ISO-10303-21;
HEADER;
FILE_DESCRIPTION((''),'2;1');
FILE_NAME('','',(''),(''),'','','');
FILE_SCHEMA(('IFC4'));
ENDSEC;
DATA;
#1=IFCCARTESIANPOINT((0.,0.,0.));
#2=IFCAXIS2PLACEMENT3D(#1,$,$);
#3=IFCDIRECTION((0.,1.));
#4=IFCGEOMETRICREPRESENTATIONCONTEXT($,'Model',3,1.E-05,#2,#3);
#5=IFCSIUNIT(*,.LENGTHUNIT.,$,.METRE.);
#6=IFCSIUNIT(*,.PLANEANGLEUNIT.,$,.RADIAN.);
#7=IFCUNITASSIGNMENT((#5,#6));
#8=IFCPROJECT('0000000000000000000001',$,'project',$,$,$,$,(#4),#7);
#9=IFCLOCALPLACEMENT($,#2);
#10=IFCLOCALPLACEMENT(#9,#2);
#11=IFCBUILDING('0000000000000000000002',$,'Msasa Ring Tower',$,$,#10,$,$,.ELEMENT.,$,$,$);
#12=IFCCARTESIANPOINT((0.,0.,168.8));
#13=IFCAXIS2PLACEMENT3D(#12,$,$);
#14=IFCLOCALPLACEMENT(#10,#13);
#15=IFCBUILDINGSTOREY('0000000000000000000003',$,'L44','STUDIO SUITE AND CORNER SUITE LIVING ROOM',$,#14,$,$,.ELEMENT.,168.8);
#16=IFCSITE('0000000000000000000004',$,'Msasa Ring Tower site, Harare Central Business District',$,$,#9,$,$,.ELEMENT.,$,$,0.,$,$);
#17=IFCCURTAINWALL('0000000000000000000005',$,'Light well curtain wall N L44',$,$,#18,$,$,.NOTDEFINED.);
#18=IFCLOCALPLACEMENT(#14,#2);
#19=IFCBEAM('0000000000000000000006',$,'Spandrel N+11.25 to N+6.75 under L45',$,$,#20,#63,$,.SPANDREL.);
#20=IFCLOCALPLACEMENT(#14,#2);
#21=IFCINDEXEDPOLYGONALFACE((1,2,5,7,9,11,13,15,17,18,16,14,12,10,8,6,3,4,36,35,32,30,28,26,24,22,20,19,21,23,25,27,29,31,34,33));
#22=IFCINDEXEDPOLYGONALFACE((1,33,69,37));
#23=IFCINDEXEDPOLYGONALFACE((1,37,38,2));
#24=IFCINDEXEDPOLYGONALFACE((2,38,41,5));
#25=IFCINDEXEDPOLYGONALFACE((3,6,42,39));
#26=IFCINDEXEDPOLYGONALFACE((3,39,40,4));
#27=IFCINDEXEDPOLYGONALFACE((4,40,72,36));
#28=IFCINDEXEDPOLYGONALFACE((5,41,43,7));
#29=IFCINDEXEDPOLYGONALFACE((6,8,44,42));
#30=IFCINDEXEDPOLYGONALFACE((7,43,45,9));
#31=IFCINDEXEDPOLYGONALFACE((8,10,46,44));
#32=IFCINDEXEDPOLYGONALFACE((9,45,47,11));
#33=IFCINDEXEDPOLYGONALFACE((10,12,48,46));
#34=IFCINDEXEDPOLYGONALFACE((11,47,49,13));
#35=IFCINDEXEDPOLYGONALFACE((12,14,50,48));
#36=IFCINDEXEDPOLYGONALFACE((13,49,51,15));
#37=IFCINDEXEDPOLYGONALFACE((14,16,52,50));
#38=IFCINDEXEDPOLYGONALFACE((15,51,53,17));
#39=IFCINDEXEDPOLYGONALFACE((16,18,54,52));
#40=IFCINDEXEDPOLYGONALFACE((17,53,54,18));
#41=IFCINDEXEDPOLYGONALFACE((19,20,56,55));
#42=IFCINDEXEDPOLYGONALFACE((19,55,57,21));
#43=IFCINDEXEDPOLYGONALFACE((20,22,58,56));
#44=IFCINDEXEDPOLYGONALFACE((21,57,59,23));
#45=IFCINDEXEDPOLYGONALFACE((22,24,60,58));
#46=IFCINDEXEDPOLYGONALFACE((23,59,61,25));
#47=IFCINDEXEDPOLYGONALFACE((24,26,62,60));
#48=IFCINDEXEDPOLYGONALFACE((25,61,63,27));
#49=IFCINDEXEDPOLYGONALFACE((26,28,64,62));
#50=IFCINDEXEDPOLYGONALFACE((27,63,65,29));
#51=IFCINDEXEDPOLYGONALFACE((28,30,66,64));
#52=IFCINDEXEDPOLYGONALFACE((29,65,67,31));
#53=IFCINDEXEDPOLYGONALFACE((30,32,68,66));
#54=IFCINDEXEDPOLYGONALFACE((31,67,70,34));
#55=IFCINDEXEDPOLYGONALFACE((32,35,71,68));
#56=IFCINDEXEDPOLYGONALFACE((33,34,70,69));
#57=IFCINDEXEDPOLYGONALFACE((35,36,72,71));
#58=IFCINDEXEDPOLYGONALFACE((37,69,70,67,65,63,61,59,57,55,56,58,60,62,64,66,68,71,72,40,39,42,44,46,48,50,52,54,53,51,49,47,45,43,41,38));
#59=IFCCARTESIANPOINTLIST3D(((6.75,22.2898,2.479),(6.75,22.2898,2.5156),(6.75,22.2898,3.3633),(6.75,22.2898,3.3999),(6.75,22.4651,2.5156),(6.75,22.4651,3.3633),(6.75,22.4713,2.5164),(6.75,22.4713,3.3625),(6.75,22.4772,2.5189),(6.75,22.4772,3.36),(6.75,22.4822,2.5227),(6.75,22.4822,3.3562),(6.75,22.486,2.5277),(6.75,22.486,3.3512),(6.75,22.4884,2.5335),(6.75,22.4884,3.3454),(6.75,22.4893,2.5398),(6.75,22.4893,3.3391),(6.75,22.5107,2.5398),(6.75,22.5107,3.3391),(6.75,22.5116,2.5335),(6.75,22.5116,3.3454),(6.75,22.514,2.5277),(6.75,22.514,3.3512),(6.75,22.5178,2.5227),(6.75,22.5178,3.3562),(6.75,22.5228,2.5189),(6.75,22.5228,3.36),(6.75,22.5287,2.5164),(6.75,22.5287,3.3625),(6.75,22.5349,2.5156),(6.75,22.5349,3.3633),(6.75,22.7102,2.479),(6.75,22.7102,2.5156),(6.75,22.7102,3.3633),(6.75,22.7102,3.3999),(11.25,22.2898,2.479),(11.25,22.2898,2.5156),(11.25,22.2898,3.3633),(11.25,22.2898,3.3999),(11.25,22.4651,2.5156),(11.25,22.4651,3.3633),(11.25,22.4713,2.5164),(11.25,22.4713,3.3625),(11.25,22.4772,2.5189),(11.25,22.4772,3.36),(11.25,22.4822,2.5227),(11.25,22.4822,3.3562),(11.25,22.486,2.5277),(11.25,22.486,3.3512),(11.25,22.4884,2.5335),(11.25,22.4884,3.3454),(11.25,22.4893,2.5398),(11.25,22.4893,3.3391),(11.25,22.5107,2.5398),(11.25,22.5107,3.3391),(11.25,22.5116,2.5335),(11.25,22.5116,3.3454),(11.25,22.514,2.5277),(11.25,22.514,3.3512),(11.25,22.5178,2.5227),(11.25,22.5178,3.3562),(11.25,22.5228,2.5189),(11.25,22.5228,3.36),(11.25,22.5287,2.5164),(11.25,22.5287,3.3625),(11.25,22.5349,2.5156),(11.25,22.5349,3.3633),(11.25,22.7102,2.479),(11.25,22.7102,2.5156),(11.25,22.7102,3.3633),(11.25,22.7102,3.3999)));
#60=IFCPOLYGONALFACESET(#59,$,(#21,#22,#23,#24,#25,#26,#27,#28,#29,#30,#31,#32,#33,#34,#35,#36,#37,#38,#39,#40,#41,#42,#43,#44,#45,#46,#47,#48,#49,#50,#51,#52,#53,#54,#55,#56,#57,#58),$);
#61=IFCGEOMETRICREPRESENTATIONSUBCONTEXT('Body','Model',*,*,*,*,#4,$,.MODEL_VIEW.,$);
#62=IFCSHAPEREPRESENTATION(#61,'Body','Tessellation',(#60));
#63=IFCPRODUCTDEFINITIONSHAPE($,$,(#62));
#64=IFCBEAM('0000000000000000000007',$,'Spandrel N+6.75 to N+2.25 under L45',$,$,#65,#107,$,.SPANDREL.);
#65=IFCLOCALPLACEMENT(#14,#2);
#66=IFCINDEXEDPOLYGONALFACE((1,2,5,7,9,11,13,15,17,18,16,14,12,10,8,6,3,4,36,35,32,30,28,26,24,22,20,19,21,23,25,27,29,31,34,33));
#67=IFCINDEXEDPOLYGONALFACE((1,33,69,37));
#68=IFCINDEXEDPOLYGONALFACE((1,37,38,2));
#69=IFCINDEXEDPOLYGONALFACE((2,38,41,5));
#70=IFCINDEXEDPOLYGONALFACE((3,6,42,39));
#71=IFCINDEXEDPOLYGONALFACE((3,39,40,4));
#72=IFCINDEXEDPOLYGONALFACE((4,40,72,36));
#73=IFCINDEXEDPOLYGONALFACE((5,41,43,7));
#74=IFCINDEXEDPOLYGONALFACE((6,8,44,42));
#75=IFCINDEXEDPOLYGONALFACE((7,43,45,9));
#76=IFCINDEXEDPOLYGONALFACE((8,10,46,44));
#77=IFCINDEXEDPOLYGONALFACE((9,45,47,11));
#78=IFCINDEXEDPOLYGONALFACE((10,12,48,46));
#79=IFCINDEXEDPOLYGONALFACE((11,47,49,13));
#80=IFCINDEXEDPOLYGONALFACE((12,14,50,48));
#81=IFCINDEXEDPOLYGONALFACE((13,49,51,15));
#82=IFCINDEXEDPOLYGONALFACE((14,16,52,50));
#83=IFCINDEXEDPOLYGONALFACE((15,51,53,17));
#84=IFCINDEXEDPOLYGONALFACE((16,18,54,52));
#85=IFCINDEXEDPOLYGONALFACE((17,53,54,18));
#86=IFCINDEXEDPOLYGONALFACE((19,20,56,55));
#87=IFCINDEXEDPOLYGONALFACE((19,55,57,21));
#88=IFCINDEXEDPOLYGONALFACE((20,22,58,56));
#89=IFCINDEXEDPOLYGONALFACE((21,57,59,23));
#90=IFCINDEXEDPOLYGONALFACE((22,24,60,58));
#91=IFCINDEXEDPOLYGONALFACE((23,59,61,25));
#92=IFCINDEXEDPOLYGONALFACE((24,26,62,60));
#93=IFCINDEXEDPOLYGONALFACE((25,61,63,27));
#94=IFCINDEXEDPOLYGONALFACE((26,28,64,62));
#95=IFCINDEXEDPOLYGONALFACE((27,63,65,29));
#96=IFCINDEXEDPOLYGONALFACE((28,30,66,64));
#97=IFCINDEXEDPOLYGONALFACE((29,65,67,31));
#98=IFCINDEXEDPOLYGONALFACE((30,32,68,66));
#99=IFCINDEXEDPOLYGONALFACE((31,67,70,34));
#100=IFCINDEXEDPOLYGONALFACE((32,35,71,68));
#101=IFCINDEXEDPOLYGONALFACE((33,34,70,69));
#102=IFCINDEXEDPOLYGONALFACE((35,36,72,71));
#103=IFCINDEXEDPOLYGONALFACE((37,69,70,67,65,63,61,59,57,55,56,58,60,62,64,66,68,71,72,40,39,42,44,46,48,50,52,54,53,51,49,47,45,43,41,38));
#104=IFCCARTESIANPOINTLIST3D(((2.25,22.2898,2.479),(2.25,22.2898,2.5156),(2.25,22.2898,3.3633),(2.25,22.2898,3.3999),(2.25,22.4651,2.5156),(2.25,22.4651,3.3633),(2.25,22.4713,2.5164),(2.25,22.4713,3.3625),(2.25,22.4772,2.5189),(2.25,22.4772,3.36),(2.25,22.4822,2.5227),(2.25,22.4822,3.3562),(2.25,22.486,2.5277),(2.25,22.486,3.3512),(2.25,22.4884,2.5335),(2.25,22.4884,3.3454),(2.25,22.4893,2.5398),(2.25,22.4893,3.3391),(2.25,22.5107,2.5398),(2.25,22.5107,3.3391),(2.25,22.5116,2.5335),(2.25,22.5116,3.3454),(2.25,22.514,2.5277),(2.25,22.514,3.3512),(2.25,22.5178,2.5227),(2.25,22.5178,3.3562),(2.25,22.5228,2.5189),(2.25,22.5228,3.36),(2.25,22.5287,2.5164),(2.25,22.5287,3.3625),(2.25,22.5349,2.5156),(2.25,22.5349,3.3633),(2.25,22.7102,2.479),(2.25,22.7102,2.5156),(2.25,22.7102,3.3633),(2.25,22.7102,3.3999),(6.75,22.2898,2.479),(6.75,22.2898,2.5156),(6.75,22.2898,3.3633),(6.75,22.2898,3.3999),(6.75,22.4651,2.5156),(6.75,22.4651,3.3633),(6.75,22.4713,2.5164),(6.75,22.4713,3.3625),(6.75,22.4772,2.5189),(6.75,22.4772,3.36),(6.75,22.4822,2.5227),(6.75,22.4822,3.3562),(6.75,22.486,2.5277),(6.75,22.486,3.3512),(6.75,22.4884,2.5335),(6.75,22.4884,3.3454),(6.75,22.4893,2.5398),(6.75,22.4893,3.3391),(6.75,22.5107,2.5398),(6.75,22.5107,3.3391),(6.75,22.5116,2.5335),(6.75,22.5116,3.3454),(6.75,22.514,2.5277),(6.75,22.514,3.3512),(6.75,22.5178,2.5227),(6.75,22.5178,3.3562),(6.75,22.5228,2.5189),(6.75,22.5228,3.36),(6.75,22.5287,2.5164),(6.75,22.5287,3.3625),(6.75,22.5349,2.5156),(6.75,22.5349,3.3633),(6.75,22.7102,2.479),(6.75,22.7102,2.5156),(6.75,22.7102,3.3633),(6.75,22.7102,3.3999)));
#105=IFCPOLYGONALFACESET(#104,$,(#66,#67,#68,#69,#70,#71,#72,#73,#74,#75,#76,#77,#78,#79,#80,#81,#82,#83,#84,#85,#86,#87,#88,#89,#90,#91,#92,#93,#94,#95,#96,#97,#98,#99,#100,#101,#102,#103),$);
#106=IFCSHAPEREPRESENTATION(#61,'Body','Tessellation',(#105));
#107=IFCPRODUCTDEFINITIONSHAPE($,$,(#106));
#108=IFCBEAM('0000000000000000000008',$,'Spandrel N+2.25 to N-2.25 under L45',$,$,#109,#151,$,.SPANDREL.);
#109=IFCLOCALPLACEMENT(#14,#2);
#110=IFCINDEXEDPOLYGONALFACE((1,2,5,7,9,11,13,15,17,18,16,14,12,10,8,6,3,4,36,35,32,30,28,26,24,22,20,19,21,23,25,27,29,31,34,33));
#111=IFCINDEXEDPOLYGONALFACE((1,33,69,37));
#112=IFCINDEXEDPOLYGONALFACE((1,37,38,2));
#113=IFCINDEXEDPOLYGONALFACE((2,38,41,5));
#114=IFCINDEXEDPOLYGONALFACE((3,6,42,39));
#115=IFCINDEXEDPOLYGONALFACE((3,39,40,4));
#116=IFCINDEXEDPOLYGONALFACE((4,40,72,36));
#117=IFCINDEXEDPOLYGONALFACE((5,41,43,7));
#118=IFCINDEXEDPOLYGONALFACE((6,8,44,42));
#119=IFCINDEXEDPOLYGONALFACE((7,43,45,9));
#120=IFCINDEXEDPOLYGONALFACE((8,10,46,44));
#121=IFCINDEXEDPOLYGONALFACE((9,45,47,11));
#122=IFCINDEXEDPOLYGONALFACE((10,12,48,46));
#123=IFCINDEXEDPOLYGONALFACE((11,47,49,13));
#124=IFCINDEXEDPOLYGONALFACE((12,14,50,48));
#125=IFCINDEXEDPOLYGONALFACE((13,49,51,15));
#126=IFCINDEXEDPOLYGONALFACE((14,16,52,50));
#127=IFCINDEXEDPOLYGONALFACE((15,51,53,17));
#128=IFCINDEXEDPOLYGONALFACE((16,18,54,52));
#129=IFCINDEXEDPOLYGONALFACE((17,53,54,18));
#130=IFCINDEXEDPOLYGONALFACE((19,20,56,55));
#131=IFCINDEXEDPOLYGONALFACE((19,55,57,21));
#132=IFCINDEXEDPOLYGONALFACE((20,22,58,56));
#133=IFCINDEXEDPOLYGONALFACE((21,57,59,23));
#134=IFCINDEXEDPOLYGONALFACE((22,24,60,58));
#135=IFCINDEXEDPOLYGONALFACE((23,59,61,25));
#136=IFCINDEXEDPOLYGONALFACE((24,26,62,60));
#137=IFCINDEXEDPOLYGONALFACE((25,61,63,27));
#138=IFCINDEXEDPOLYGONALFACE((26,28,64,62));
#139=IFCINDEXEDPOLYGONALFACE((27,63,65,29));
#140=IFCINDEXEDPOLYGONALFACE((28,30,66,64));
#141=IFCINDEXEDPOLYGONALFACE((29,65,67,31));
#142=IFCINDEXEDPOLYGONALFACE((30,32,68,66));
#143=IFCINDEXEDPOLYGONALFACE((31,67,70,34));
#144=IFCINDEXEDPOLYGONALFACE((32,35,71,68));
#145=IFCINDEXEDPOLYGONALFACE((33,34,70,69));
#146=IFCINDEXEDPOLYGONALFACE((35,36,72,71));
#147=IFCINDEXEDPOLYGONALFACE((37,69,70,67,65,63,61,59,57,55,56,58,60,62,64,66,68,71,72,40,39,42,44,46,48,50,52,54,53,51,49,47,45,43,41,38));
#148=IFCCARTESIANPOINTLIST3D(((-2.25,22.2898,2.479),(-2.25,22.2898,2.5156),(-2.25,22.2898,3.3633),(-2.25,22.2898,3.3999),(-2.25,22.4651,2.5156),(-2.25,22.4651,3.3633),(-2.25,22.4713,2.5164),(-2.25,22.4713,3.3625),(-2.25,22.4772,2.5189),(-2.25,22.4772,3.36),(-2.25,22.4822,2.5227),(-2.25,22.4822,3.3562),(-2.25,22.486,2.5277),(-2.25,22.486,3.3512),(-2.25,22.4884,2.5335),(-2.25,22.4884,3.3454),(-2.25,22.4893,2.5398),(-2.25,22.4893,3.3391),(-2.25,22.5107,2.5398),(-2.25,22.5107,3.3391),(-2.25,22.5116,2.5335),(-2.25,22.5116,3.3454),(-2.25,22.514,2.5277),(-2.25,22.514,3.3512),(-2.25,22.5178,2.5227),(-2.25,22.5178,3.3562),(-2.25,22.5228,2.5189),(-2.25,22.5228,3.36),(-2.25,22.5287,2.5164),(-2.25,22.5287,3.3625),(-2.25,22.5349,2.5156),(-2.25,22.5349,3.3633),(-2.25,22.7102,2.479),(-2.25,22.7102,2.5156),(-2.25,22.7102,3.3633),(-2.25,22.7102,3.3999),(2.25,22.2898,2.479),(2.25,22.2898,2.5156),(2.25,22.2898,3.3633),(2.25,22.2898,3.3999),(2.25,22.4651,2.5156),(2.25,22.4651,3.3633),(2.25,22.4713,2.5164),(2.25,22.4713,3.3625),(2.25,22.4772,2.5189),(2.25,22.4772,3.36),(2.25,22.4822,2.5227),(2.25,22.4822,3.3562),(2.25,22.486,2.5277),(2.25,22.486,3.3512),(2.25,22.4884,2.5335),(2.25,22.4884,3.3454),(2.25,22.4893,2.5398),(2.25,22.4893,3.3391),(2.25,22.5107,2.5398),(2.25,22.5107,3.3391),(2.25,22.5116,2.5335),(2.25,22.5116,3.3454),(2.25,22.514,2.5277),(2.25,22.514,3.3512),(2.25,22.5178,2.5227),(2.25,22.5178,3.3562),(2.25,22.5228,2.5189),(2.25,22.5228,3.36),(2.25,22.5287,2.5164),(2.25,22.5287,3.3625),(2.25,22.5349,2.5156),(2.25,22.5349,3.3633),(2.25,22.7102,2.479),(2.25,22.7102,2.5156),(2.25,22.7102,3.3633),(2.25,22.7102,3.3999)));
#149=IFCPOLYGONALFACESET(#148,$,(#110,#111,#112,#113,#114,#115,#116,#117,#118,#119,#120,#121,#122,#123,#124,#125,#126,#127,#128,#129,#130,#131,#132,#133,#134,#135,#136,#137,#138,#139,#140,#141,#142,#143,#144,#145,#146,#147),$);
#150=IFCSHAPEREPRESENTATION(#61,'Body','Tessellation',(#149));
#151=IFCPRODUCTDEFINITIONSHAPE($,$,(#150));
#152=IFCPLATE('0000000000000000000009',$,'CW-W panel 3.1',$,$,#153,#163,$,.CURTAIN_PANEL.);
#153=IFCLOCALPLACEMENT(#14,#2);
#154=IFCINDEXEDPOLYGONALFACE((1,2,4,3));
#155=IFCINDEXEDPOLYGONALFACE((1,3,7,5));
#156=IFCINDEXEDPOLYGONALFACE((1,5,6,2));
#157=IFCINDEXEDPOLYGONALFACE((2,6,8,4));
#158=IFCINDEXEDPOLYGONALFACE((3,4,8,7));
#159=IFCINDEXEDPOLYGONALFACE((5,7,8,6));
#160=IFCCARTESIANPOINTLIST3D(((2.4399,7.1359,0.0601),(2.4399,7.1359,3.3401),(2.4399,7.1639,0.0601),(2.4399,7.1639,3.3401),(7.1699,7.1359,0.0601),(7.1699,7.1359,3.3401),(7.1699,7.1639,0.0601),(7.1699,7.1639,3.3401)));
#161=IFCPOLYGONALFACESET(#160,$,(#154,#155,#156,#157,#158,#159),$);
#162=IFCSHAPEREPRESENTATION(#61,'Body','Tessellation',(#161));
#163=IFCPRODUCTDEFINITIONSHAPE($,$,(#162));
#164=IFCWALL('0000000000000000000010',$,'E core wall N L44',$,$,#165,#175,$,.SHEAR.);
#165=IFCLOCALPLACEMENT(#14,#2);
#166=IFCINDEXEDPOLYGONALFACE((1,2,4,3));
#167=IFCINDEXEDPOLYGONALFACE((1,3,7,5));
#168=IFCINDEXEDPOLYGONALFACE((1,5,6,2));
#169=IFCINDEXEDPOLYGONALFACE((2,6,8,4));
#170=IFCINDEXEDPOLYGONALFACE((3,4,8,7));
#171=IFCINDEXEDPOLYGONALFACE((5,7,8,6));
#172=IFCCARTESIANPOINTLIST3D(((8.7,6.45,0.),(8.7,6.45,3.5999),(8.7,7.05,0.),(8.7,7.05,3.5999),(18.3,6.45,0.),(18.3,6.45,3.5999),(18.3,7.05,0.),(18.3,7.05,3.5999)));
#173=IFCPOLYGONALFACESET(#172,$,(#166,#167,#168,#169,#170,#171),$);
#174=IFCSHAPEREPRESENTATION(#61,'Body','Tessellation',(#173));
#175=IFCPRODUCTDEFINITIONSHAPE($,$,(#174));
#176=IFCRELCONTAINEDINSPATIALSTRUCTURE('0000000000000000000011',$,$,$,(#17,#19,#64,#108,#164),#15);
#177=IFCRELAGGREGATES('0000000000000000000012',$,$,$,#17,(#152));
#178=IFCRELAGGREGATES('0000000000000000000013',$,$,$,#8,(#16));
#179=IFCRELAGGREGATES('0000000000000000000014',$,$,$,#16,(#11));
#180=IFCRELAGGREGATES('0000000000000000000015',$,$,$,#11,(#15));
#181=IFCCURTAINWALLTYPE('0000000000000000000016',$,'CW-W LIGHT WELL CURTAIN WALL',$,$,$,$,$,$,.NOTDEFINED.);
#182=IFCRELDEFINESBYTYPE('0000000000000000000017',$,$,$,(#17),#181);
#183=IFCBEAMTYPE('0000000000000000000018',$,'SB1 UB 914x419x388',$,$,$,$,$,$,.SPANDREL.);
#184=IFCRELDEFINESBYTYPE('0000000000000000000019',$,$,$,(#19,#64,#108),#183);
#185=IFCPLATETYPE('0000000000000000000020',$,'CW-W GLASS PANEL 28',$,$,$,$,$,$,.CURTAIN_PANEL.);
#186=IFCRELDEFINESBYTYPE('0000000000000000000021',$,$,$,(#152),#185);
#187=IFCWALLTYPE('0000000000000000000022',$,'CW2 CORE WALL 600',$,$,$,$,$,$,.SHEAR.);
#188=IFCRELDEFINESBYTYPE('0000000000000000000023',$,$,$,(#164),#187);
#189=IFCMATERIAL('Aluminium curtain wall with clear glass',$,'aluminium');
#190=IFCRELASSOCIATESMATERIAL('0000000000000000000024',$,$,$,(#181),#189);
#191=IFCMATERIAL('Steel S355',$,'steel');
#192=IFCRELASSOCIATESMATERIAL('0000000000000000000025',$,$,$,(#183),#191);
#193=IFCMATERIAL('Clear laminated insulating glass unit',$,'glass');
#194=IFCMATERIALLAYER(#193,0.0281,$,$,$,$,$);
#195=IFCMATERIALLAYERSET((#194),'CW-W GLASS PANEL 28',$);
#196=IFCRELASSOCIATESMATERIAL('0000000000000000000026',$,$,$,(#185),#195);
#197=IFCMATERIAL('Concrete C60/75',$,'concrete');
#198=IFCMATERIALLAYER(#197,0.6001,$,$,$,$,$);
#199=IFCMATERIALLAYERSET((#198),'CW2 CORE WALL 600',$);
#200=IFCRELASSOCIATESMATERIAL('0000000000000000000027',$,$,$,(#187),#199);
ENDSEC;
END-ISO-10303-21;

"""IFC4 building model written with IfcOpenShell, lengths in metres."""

from ifc_helpers import new_model, si_unit, direction, frame, frame_2d, origin, origin_2d, place, context, subcontext, project, spatial, rectangle, i_section, extrude, material, layer, layer_set, material_profile, profile_set, type_object, element, aggregate, save


model = new_model("IFC4")

# Units and contexts
model_context = context("Model", 3, precision=1e-05, world=origin(), true_north=direction((0.0, 1.0)))
body_context = subcontext(model_context, "Body", "Model", "MODEL_VIEW")
ifc_project = project(units=[si_unit("LENGTHUNIT", "METRE"), si_unit("PLANEANGLEUNIT", "RADIAN")], contexts=[model_context])

# Site, building, storey
site_placement = place(None, origin())
site = spatial("IfcSite", under=ifc_project, at=site_placement, Name="Msasa Ring Tower site, Harare Central Business District", CompositionType="ELEMENT", RefElevation=0.0)
building_placement = place(site_placement, origin())
building = spatial("IfcBuilding", under=site, at=building_placement, Name="Msasa Ring Tower", CompositionType="ELEMENT")
storey_placement = place(building_placement, frame((0.0, 0.0, 168.8)))
storey = spatial("IfcBuildingStorey", under=building, at=storey_placement, Name="L44", Description="STUDIO SUITE AND CORNER SUITE LIVING ROOM", CompositionType="ELEMENT", Elevation=168.8)

# Curtain wall
ifc_material_1 = material(Name="Aluminium curtain wall with clear glass", Category="aluminium")
curtain_wall_type = type_object("IfcCurtainWallType", Name="CW-W LIGHT WELL CURTAIN WALL", PredefinedType="NOTDEFINED", material=ifc_material_1)
curtain_wall_1_placement = place(storey_placement, origin())
curtain_wall_1 = element("IfcCurtainWall", 1, at=curtain_wall_1_placement, inside=storey, type_object=curtain_wall_type, Name="Light well curtain wall N L44", PredefinedType="NOTDEFINED")

# Beams
ifc_material_2 = material(Name="Steel S355", Category="steel")
ifc_material_profile_1 = material_profile(ifc_material_2, i_section(OverallWidth=0.4204, OverallDepth=0.9209, WebThickness=0.0215, FlangeThickness=0.0366, FilletRadius=0.0242, at=origin_2d()), Name="UB 914x419x388")
ifc_profile_set_1 = profile_set([ifc_material_profile_1], Name="Steel S355")
beam_type_1 = type_object("IfcBeamType", Name="SB1 UB 914x419x388", PredefinedType="SPANDREL", material=ifc_profile_set_1)
for number, where, z_axis, x_axis, name in (
    (2, (11.25, 22.5, 2.9395), (-1.0, 0.0, 0.0), (0.0, -1.0, 0.0), "Spandrel N+11.25 to N+6.75 under L45"),
    (3, (6.75, 22.5, 2.9395), (-1.0, 0.0, 0.0), (0.0, -1.0, 0.0), "Spandrel N+6.75 to N+2.25 under L45"),
    (4, (2.25, 22.5, 2.9395), (-1.0, 0.0, 0.0), (0.0, -1.0, 0.0), "Spandrel N+2.25 to N-2.25 under L45"),
):
    element("IfcBeam", number, at=place(storey_placement, frame(where, z_axis=z_axis, x_axis=x_axis)), inside=storey, type_object=beam_type_1, Name=name, PredefinedType="SPANDREL", context=body_context, shape_type="SweptSolid", body=[
        extrude(i_section(OverallWidth=0.4204, OverallDepth=0.9209, WebThickness=0.0215, FlangeThickness=0.0366, FilletRadius=0.0242, at=origin_2d()), origin(), (0.0, 0.0, 1.0), 4.5),
    ])

# Plate
ifc_material_3 = material(Name="Clear laminated insulating glass unit", Category="glass")
ifc_layer_1 = layer(ifc_material_3, 0.0281)
ifc_layer_set_1 = layer_set([ifc_layer_1], Name="CW-W GLASS PANEL 28")
plate_type = type_object("IfcPlateType", Name="CW-W GLASS PANEL 28", PredefinedType="CURTAIN_PANEL", material=ifc_layer_set_1)
plate_placement = place(storey_placement, frame((4.8049, 7.1499, 0.0601), z_axis=(0.0, 0.0, 1.0), x_axis=(1.0, 0.0, 0.0)))
plate = element("IfcPlate", 5, at=plate_placement, type_object=plate_type, Name="CW-W panel 3.1", PredefinedType="CURTAIN_PANEL", context=body_context, shape_type="SweptSolid", body=[
    extrude(rectangle(XDim=4.73, YDim=0.0281, at=origin_2d()), origin(), (0.0, 0.0, 1.0), 3.28),
])
aggregate(curtain_wall_1, [plate])

# Wall
ifc_material_4 = material(Name="Concrete C60/75", Category="concrete")
ifc_layer_2 = layer(ifc_material_4, 0.6001)
ifc_layer_set_2 = layer_set([ifc_layer_2], Name="CW2 CORE WALL 600")
wall_type_1 = type_object("IfcWallType", Name="CW2 CORE WALL 600", PredefinedType="SHEAR", material=ifc_layer_set_2)
wall_1_placement = place(storey_placement, frame((8.7, 6.75, 0.0), z_axis=(0.0, 0.0, 1.0), x_axis=(1.0, 0.0, 0.0)))
element("IfcWall", 6, at=wall_1_placement, inside=storey, type_object=wall_type_1, Name="E core wall N L44", PredefinedType="SHEAR", context=body_context, shape_type="SweptSolid", body=[
    extrude(rectangle(XDim=9.6001, YDim=0.6001, at=frame_2d((4.8, 0.0))), origin(), (0.0, 0.0, 1.0), 3.5999),
])

save(model, "model.ifc")
